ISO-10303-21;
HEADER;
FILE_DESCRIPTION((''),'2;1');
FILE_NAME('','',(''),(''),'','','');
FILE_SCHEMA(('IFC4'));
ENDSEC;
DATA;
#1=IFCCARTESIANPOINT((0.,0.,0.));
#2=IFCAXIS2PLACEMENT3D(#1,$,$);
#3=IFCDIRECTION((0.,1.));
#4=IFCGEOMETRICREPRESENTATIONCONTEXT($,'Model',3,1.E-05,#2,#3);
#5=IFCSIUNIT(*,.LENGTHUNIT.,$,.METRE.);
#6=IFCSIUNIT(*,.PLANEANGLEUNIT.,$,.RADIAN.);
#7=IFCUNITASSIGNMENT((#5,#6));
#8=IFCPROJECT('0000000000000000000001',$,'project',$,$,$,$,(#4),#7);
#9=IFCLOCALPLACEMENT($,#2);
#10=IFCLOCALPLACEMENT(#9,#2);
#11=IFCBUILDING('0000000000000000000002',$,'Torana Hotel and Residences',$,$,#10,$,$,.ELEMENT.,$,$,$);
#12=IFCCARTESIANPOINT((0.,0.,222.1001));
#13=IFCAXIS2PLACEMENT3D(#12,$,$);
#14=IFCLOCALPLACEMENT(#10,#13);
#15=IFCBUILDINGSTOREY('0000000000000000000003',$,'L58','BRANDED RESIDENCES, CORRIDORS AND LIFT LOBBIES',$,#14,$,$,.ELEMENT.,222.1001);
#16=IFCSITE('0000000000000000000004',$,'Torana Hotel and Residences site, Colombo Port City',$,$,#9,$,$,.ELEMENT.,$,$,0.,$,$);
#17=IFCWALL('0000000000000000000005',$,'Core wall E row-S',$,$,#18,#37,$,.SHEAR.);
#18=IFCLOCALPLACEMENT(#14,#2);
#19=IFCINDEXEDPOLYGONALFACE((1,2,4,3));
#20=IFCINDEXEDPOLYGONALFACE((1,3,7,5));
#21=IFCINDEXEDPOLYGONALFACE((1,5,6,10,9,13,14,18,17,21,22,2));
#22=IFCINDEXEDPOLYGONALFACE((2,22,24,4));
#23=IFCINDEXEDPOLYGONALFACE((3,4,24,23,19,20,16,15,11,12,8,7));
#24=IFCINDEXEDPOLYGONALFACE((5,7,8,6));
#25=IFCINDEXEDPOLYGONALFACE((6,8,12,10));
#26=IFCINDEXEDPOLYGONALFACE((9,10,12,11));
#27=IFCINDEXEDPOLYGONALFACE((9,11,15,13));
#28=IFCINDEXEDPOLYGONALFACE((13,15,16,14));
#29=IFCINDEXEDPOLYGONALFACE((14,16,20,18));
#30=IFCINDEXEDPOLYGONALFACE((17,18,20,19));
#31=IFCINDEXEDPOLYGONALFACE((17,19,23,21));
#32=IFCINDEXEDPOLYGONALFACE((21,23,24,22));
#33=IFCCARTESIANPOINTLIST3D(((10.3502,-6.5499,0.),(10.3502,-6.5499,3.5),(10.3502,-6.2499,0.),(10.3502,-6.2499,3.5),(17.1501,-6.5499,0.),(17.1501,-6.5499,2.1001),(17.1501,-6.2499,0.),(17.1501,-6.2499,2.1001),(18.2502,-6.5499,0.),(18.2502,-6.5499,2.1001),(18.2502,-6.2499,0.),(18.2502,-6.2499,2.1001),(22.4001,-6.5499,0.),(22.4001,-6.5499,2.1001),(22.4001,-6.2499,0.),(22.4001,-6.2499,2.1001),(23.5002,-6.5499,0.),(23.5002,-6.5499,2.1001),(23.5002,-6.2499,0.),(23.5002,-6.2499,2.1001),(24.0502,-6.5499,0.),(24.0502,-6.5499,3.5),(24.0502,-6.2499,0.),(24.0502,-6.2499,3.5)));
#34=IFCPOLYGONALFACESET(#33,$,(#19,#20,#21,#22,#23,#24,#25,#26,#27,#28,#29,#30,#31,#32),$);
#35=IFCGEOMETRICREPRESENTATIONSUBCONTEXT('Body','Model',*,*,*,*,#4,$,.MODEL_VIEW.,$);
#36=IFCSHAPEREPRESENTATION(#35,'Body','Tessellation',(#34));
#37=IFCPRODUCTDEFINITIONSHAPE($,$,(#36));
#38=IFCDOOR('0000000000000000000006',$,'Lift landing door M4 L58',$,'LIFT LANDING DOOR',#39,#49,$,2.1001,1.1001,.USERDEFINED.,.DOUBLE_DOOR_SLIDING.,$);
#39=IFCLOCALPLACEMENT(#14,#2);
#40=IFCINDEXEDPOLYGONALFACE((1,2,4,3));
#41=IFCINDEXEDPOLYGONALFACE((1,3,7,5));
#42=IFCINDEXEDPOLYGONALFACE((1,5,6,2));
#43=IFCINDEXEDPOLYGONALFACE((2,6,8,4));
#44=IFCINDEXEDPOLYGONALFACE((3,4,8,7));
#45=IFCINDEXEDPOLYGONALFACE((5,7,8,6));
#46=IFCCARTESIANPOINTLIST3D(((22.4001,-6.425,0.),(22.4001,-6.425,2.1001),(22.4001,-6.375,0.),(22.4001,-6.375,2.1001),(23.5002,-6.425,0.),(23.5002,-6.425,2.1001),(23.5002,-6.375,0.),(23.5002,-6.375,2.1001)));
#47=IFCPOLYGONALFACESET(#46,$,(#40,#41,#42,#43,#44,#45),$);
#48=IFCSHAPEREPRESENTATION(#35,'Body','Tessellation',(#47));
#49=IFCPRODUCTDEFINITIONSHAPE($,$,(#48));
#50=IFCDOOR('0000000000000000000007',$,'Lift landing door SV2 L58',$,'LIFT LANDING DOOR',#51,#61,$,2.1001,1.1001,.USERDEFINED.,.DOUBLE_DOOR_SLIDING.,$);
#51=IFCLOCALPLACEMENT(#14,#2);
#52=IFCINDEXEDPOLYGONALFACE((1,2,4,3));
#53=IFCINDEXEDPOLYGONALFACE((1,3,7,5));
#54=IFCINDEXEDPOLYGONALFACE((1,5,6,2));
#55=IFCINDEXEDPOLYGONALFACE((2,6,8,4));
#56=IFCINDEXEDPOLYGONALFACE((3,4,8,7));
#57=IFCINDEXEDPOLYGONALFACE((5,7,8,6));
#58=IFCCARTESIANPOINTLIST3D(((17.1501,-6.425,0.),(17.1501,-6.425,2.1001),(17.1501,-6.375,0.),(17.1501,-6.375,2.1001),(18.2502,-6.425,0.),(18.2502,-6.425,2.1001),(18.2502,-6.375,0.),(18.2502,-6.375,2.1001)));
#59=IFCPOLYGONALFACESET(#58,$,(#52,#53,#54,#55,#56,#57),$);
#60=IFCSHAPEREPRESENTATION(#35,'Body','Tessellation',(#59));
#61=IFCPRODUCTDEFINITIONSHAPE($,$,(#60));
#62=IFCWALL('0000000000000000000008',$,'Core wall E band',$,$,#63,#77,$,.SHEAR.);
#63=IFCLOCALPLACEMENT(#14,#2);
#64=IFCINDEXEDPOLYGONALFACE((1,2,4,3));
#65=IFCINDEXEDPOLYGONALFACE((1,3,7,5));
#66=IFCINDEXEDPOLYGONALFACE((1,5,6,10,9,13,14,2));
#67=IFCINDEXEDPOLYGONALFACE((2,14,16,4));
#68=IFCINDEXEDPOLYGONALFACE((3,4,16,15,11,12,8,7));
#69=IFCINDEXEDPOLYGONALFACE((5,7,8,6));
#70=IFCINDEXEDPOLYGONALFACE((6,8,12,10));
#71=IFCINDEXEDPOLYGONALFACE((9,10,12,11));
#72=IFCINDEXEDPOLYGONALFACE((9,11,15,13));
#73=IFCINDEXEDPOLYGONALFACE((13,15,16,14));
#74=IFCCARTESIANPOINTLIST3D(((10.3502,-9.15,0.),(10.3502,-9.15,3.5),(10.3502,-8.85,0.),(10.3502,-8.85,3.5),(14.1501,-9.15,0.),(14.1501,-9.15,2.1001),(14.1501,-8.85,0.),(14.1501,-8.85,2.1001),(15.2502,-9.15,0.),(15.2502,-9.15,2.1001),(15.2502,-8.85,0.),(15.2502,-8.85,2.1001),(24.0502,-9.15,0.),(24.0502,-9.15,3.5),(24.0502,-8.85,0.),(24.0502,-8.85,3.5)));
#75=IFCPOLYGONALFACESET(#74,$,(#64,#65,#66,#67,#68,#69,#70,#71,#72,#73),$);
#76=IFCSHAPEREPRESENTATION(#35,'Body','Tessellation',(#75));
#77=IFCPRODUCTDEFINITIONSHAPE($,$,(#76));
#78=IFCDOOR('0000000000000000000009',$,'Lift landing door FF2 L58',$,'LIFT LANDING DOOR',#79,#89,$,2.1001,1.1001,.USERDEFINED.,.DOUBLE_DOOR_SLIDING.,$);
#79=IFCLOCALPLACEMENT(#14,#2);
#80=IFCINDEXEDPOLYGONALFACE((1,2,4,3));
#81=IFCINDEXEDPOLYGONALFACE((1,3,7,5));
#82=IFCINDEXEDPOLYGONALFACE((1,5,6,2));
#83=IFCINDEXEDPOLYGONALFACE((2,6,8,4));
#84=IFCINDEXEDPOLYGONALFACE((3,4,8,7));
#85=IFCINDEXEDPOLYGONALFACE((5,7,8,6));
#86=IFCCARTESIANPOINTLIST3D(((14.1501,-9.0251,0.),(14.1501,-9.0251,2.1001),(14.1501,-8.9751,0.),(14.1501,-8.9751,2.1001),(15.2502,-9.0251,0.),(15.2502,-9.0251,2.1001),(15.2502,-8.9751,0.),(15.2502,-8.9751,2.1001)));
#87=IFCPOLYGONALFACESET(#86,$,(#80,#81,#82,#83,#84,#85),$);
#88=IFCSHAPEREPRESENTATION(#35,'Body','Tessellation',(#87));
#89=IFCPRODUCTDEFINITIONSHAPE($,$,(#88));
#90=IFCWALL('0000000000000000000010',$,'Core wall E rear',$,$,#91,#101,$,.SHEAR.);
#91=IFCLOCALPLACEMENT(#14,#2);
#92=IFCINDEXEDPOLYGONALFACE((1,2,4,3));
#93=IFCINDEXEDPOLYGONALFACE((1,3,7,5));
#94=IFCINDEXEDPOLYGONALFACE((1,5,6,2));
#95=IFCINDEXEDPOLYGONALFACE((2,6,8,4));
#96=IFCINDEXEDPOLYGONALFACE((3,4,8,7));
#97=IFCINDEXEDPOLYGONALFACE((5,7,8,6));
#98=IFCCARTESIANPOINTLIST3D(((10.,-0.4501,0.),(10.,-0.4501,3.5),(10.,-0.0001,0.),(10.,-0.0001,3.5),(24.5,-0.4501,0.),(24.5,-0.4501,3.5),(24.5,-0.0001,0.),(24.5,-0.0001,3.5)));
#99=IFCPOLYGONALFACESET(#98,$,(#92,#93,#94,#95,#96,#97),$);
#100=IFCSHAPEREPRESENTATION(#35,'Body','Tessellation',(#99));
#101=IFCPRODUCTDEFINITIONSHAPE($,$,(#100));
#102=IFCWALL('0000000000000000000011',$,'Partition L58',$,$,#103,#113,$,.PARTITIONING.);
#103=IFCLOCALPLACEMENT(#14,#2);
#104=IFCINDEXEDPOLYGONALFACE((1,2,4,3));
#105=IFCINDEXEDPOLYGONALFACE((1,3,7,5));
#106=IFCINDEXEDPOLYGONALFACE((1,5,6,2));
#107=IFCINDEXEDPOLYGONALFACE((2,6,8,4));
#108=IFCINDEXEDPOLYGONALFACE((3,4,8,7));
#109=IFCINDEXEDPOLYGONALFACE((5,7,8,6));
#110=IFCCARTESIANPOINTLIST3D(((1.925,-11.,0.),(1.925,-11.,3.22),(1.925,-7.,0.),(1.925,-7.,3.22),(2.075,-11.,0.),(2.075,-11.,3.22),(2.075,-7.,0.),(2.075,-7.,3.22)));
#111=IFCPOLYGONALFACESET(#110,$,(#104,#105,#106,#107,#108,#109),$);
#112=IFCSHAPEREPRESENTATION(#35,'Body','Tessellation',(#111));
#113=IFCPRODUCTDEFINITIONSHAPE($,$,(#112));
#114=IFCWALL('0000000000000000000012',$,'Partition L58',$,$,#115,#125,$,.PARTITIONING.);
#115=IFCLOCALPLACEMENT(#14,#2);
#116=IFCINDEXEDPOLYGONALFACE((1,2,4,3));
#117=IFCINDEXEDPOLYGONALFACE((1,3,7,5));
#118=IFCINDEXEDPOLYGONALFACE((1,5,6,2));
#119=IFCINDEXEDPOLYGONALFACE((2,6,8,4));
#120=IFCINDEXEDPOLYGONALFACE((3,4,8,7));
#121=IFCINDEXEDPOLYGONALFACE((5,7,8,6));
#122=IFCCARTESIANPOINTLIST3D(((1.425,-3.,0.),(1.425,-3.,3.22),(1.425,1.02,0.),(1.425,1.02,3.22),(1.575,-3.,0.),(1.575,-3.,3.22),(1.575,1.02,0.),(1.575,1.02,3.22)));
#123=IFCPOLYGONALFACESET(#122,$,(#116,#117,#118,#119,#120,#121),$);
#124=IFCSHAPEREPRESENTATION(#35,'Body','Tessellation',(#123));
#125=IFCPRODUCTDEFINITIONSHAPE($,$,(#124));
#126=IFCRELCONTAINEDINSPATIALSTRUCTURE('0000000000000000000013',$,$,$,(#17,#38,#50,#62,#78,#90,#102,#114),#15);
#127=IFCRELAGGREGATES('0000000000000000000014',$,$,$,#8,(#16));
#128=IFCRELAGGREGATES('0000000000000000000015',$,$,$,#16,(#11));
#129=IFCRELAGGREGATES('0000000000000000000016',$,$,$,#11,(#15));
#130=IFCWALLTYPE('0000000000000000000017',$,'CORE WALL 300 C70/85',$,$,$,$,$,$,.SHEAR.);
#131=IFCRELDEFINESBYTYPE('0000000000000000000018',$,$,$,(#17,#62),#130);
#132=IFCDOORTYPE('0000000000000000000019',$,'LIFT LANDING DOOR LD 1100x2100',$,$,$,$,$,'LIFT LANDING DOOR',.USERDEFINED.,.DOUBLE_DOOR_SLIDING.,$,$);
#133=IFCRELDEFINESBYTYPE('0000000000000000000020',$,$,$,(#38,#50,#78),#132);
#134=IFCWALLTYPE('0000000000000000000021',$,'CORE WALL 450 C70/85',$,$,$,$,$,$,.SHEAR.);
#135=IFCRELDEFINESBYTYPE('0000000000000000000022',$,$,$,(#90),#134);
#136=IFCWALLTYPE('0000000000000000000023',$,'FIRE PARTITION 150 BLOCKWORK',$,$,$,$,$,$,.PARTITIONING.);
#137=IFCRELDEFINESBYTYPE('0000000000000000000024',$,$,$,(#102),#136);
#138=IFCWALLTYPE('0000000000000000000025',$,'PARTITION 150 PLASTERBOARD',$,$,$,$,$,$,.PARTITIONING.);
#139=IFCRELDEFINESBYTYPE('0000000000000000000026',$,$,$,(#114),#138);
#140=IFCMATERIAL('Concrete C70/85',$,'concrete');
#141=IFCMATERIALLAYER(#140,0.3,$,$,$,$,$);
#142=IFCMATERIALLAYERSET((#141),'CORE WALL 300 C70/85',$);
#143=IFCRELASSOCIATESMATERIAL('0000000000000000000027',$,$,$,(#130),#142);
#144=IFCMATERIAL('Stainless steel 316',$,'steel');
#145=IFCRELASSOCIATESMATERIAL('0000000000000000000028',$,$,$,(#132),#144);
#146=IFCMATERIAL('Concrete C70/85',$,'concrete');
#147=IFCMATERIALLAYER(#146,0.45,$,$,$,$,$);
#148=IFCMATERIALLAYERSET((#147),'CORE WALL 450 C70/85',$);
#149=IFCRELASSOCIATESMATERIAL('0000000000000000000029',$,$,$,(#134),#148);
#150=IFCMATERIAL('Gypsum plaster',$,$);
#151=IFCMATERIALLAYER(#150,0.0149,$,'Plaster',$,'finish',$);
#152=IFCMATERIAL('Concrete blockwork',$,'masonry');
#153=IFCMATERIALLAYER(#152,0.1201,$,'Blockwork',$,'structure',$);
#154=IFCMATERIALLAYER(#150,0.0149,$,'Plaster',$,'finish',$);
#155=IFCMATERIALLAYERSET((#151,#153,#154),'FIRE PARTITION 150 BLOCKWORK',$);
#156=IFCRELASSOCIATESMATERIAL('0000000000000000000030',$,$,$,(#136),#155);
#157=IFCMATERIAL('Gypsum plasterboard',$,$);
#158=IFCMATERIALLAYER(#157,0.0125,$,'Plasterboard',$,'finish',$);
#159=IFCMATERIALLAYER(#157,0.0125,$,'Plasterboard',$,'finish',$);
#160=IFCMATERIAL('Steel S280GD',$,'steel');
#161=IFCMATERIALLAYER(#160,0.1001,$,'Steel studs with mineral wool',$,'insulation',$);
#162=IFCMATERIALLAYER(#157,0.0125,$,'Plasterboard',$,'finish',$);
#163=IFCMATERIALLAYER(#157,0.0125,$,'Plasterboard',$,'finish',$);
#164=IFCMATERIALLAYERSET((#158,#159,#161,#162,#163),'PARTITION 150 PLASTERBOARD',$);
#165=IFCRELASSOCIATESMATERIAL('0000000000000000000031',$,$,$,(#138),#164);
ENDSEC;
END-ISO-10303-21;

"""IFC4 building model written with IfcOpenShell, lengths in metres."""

from ifc_helpers import new_model, si_unit, direction, frame, frame_2d, origin, place, context, subcontext, project, spatial, rectangle, extrude, material, layer, layer_set, type_object, element, fill, save


model = new_model("IFC4")

# Units and contexts
model_context = context("Model", 3, precision=1e-05, world=origin(), true_north=direction((0.0, 1.0)))
body_context = subcontext(model_context, "Body", "Model", "MODEL_VIEW")
ifc_project = project(units=[si_unit("LENGTHUNIT", "METRE"), si_unit("PLANEANGLEUNIT", "RADIAN")], contexts=[model_context])

# Site, building, storey
site_placement = place(None, origin())
site = spatial("IfcSite", under=ifc_project, at=site_placement, Name="Torana Hotel and Residences site, Colombo Port City", CompositionType="ELEMENT", RefElevation=0.0)
building_placement = place(site_placement, origin())
building = spatial("IfcBuilding", under=site, at=building_placement, Name="Torana Hotel and Residences", CompositionType="ELEMENT")
storey_placement = place(building_placement, frame((0.0, 0.0, 222.1001)))
storey = spatial("IfcBuildingStorey", under=building, at=storey_placement, Name="L58", Description="BRANDED RESIDENCES, CORRIDORS AND LIFT LOBBIES", CompositionType="ELEMENT", Elevation=222.1001)

# Wall, openings, doors
ifc_material_1 = material(Name="Concrete C70/85", Category="concrete")
ifc_layer_1 = layer(ifc_material_1, 0.3)
ifc_layer_set_1 = layer_set([ifc_layer_1], Name="CORE WALL 300 C70/85")
wall_type_1 = type_object("IfcWallType", Name="CORE WALL 300 C70/85", PredefinedType="SHEAR", material=ifc_layer_set_1)
ifc_material_2 = material(Name="Stainless steel 316", Category="steel")
door_type_1 = type_object("IfcDoorType", Name="LIFT LANDING DOOR LD 1100x2100", ElementType="LIFT LANDING DOOR", OperationType="DOUBLE_DOOR_SLIDING", PredefinedType="USERDEFINED", material=ifc_material_2)
wall_1_placement = place(storey_placement, frame((10.3501, -6.3999, 0.0), z_axis=(0.0, 0.0, 1.0), x_axis=(1.0, 0.0, 0.0)))
wall_1 = element("IfcWall", 1, at=wall_1_placement, inside=storey, type_object=wall_type_1, Name="Core wall E row-S", PredefinedType="SHEAR", context=body_context, shape_type="SweptSolid", body=[
    extrude(rectangle(XDim=13.7, YDim=0.3, at=frame_2d((6.8501, 0.0))), origin(), (0.0, 0.0, 1.0), 3.5),
])
opening_1_placement = place(wall_1_placement, frame((12.05, 0.0, 0.0)))
opening_1 = element("IfcOpeningElement", 2, at=opening_1_placement, cuts=wall_1, PredefinedType="OPENING", context=body_context, shape_type="SweptSolid", body=[
    extrude(rectangle(XDim=1.1001, YDim=2.1001, at=frame_2d((0.55, 1.05))), frame((0.0, 0.1599, 0.0), z_axis=(0.0, -1.0, 0.0), x_axis=(1.0, 0.0, 0.0)), (0.0, 0.0, 1.0), 0.3201),
])
opening_2_placement = place(wall_1_placement, frame((6.8, 0.0, 0.0)))
opening_2 = element("IfcOpeningElement", 3, at=opening_2_placement, cuts=wall_1, PredefinedType="OPENING", context=body_context, shape_type="SweptSolid", body=[
    extrude(rectangle(XDim=1.1001, YDim=2.1001, at=frame_2d((0.55, 1.05))), frame((0.0, 0.1599, 0.0), z_axis=(0.0, -1.0, 0.0), x_axis=(1.0, 0.0, 0.0)), (0.0, 0.0, 1.0), 0.3201),
])
door_1_placement = place(opening_1_placement, origin())
door_1 = element("IfcDoor", 4, at=door_1_placement, inside=storey, type_object=door_type_1, Name="Lift landing door M4 L58", ObjectType="LIFT LANDING DOOR", OperationType="DOUBLE_DOOR_SLIDING", OverallHeight=2.1001, OverallWidth=1.1001, PredefinedType="USERDEFINED", context=body_context, shape_type="SweptSolid", body=[
    extrude(rectangle(XDim=1.1001, YDim=2.1001, at=frame_2d((0.55, 1.05))), frame((0.0, 0.0249, 0.0), z_axis=(0.0, -1.0, 0.0), x_axis=(1.0, 0.0, 0.0)), (0.0, 0.0, 1.0), 0.05),
])
fill(opening_1, door_1)
door_2_placement = place(opening_2_placement, origin())
door_2 = element("IfcDoor", 5, at=door_2_placement, inside=storey, type_object=door_type_1, Name="Lift landing door SV2 L58", ObjectType="LIFT LANDING DOOR", OperationType="DOUBLE_DOOR_SLIDING", OverallHeight=2.1001, OverallWidth=1.1001, PredefinedType="USERDEFINED", context=body_context, shape_type="SweptSolid", body=[
    extrude(rectangle(XDim=1.1001, YDim=2.1001, at=frame_2d((0.55, 1.05))), frame((0.0, 0.0249, 0.0), z_axis=(0.0, -1.0, 0.0), x_axis=(1.0, 0.0, 0.0)), (0.0, 0.0, 1.0), 0.05),
])
fill(opening_2, door_2)

# Wall, opening, door
wall_2_placement = place(storey_placement, frame((10.3501, -9.0, 0.0), z_axis=(0.0, 0.0, 1.0), x_axis=(1.0, 0.0, 0.0)))
wall_2 = element("IfcWall", 6, at=wall_2_placement, inside=storey, type_object=wall_type_1, Name="Core wall E band", PredefinedType="SHEAR", context=body_context, shape_type="SweptSolid", body=[
    extrude(rectangle(XDim=13.7, YDim=0.3, at=frame_2d((6.8501, 0.0))), origin(), (0.0, 0.0, 1.0), 3.5),
])
opening_3_placement = place(wall_2_placement, frame((3.8, 0.0, 0.0)))
opening_3 = element("IfcOpeningElement", 7, at=opening_3_placement, cuts=wall_2, PredefinedType="OPENING", context=body_context, shape_type="SweptSolid", body=[
    extrude(rectangle(XDim=1.1001, YDim=2.1001, at=frame_2d((0.55, 1.05))), frame((0.0, 0.1599, 0.0), z_axis=(0.0, -1.0, 0.0), x_axis=(1.0, 0.0, 0.0)), (0.0, 0.0, 1.0), 0.3201),
])
door_3_placement = place(opening_3_placement, origin())
door_3 = element("IfcDoor", 8, at=door_3_placement, inside=storey, type_object=door_type_1, Name="Lift landing door FF2 L58", ObjectType="LIFT LANDING DOOR", OperationType="DOUBLE_DOOR_SLIDING", OverallHeight=2.1001, OverallWidth=1.1001, PredefinedType="USERDEFINED", context=body_context, shape_type="SweptSolid", body=[
    extrude(rectangle(XDim=1.1001, YDim=2.1001, at=frame_2d((0.55, 1.05))), frame((0.0, 0.0249, 0.0), z_axis=(0.0, -1.0, 0.0), x_axis=(1.0, 0.0, 0.0)), (0.0, 0.0, 1.0), 0.05),
])
fill(opening_3, door_3)

# Walls
ifc_material_3 = material(Name="Concrete C70/85", Category="concrete")
ifc_layer_2 = layer(ifc_material_3, 0.45)
ifc_layer_set_2 = layer_set([ifc_layer_2], Name="CORE WALL 450 C70/85")
wall_type_2 = type_object("IfcWallType", Name="CORE WALL 450 C70/85", PredefinedType="SHEAR", material=ifc_layer_set_2)
wall_3_placement = place(storey_placement, frame((10.0, -0.2251, 0.0), z_axis=(0.0, 0.0, 1.0), x_axis=(1.0, 0.0, 0.0)))
element("IfcWall", 9, at=wall_3_placement, inside=storey, type_object=wall_type_2, Name="Core wall E rear", PredefinedType="SHEAR", context=body_context, shape_type="SweptSolid", body=[
    extrude(rectangle(XDim=14.5, YDim=0.45, at=frame_2d((7.25, 0.0))), origin(), (0.0, 0.0, 1.0), 3.5),
])
ifc_material_4 = material(Name="Gypsum plaster")
ifc_layer_3 = layer(ifc_material_4, 0.0149, Name="Plaster", Category="finish")
ifc_material_5 = material(Name="Concrete blockwork", Category="masonry")
ifc_layer_4 = layer(ifc_material_5, 0.1201, Name="Blockwork", Category="structure")
ifc_layer_5 = layer(ifc_material_4, 0.0149, Name="Plaster", Category="finish")
ifc_layer_set_3 = layer_set([ifc_layer_3, ifc_layer_4, ifc_layer_5], Name="FIRE PARTITION 150 BLOCKWORK")
wall_type_3 = type_object("IfcWallType", Name="FIRE PARTITION 150 BLOCKWORK", PredefinedType="PARTITIONING", material=ifc_layer_set_3)
wall_4_placement = place(storey_placement, frame((2.0, -11.0, 0.0), z_axis=(0.0, 0.0, 1.0), x_axis=(0.0, 1.0, 0.0)))
element("IfcWall", 10, at=wall_4_placement, inside=storey, type_object=wall_type_3, Name="Partition L58", PredefinedType="PARTITIONING", context=body_context, shape_type="SweptSolid", body=[
    extrude(rectangle(XDim=4.0, YDim=0.1499, at=frame_2d((2.0, 0.0))), origin(), (0.0, 0.0, 1.0), 3.22),
])
ifc_material_6 = material(Name="Gypsum plasterboard")
ifc_layer_6 = layer(ifc_material_6, 0.0125, Name="Plasterboard", Category="finish")
ifc_layer_7 = layer(ifc_material_6, 0.0125, Name="Plasterboard", Category="finish")
ifc_material_7 = material(Name="Steel S280GD", Category="steel")
ifc_layer_8 = layer(ifc_material_7, 0.1001, Name="Steel studs with mineral wool", Category="insulation")
ifc_layer_9 = layer(ifc_material_6, 0.0125, Name="Plasterboard", Category="finish")
ifc_layer_10 = layer(ifc_material_6, 0.0125, Name="Plasterboard", Category="finish")
ifc_layer_set_4 = layer_set([ifc_layer_6, ifc_layer_7, ifc_layer_8, ifc_layer_9, ifc_layer_10], Name="PARTITION 150 PLASTERBOARD")
wall_type_4 = type_object("IfcWallType", Name="PARTITION 150 PLASTERBOARD", PredefinedType="PARTITIONING", material=ifc_layer_set_4)
wall_5_placement = place(storey_placement, frame((1.5, -3.0, 0.0), z_axis=(0.0, 0.0, 1.0), x_axis=(0.0, 1.0, 0.0)))
element("IfcWall", 11, at=wall_5_placement, inside=storey, type_object=wall_type_4, Name="Partition L58", PredefinedType="PARTITIONING", context=body_context, shape_type="SweptSolid", body=[
    extrude(rectangle(XDim=4.02, YDim=0.1499, at=frame_2d((2.01, 0.0))), origin(), (0.0, 0.0, 1.0), 3.22),
])

save(model, "model.ifc")
